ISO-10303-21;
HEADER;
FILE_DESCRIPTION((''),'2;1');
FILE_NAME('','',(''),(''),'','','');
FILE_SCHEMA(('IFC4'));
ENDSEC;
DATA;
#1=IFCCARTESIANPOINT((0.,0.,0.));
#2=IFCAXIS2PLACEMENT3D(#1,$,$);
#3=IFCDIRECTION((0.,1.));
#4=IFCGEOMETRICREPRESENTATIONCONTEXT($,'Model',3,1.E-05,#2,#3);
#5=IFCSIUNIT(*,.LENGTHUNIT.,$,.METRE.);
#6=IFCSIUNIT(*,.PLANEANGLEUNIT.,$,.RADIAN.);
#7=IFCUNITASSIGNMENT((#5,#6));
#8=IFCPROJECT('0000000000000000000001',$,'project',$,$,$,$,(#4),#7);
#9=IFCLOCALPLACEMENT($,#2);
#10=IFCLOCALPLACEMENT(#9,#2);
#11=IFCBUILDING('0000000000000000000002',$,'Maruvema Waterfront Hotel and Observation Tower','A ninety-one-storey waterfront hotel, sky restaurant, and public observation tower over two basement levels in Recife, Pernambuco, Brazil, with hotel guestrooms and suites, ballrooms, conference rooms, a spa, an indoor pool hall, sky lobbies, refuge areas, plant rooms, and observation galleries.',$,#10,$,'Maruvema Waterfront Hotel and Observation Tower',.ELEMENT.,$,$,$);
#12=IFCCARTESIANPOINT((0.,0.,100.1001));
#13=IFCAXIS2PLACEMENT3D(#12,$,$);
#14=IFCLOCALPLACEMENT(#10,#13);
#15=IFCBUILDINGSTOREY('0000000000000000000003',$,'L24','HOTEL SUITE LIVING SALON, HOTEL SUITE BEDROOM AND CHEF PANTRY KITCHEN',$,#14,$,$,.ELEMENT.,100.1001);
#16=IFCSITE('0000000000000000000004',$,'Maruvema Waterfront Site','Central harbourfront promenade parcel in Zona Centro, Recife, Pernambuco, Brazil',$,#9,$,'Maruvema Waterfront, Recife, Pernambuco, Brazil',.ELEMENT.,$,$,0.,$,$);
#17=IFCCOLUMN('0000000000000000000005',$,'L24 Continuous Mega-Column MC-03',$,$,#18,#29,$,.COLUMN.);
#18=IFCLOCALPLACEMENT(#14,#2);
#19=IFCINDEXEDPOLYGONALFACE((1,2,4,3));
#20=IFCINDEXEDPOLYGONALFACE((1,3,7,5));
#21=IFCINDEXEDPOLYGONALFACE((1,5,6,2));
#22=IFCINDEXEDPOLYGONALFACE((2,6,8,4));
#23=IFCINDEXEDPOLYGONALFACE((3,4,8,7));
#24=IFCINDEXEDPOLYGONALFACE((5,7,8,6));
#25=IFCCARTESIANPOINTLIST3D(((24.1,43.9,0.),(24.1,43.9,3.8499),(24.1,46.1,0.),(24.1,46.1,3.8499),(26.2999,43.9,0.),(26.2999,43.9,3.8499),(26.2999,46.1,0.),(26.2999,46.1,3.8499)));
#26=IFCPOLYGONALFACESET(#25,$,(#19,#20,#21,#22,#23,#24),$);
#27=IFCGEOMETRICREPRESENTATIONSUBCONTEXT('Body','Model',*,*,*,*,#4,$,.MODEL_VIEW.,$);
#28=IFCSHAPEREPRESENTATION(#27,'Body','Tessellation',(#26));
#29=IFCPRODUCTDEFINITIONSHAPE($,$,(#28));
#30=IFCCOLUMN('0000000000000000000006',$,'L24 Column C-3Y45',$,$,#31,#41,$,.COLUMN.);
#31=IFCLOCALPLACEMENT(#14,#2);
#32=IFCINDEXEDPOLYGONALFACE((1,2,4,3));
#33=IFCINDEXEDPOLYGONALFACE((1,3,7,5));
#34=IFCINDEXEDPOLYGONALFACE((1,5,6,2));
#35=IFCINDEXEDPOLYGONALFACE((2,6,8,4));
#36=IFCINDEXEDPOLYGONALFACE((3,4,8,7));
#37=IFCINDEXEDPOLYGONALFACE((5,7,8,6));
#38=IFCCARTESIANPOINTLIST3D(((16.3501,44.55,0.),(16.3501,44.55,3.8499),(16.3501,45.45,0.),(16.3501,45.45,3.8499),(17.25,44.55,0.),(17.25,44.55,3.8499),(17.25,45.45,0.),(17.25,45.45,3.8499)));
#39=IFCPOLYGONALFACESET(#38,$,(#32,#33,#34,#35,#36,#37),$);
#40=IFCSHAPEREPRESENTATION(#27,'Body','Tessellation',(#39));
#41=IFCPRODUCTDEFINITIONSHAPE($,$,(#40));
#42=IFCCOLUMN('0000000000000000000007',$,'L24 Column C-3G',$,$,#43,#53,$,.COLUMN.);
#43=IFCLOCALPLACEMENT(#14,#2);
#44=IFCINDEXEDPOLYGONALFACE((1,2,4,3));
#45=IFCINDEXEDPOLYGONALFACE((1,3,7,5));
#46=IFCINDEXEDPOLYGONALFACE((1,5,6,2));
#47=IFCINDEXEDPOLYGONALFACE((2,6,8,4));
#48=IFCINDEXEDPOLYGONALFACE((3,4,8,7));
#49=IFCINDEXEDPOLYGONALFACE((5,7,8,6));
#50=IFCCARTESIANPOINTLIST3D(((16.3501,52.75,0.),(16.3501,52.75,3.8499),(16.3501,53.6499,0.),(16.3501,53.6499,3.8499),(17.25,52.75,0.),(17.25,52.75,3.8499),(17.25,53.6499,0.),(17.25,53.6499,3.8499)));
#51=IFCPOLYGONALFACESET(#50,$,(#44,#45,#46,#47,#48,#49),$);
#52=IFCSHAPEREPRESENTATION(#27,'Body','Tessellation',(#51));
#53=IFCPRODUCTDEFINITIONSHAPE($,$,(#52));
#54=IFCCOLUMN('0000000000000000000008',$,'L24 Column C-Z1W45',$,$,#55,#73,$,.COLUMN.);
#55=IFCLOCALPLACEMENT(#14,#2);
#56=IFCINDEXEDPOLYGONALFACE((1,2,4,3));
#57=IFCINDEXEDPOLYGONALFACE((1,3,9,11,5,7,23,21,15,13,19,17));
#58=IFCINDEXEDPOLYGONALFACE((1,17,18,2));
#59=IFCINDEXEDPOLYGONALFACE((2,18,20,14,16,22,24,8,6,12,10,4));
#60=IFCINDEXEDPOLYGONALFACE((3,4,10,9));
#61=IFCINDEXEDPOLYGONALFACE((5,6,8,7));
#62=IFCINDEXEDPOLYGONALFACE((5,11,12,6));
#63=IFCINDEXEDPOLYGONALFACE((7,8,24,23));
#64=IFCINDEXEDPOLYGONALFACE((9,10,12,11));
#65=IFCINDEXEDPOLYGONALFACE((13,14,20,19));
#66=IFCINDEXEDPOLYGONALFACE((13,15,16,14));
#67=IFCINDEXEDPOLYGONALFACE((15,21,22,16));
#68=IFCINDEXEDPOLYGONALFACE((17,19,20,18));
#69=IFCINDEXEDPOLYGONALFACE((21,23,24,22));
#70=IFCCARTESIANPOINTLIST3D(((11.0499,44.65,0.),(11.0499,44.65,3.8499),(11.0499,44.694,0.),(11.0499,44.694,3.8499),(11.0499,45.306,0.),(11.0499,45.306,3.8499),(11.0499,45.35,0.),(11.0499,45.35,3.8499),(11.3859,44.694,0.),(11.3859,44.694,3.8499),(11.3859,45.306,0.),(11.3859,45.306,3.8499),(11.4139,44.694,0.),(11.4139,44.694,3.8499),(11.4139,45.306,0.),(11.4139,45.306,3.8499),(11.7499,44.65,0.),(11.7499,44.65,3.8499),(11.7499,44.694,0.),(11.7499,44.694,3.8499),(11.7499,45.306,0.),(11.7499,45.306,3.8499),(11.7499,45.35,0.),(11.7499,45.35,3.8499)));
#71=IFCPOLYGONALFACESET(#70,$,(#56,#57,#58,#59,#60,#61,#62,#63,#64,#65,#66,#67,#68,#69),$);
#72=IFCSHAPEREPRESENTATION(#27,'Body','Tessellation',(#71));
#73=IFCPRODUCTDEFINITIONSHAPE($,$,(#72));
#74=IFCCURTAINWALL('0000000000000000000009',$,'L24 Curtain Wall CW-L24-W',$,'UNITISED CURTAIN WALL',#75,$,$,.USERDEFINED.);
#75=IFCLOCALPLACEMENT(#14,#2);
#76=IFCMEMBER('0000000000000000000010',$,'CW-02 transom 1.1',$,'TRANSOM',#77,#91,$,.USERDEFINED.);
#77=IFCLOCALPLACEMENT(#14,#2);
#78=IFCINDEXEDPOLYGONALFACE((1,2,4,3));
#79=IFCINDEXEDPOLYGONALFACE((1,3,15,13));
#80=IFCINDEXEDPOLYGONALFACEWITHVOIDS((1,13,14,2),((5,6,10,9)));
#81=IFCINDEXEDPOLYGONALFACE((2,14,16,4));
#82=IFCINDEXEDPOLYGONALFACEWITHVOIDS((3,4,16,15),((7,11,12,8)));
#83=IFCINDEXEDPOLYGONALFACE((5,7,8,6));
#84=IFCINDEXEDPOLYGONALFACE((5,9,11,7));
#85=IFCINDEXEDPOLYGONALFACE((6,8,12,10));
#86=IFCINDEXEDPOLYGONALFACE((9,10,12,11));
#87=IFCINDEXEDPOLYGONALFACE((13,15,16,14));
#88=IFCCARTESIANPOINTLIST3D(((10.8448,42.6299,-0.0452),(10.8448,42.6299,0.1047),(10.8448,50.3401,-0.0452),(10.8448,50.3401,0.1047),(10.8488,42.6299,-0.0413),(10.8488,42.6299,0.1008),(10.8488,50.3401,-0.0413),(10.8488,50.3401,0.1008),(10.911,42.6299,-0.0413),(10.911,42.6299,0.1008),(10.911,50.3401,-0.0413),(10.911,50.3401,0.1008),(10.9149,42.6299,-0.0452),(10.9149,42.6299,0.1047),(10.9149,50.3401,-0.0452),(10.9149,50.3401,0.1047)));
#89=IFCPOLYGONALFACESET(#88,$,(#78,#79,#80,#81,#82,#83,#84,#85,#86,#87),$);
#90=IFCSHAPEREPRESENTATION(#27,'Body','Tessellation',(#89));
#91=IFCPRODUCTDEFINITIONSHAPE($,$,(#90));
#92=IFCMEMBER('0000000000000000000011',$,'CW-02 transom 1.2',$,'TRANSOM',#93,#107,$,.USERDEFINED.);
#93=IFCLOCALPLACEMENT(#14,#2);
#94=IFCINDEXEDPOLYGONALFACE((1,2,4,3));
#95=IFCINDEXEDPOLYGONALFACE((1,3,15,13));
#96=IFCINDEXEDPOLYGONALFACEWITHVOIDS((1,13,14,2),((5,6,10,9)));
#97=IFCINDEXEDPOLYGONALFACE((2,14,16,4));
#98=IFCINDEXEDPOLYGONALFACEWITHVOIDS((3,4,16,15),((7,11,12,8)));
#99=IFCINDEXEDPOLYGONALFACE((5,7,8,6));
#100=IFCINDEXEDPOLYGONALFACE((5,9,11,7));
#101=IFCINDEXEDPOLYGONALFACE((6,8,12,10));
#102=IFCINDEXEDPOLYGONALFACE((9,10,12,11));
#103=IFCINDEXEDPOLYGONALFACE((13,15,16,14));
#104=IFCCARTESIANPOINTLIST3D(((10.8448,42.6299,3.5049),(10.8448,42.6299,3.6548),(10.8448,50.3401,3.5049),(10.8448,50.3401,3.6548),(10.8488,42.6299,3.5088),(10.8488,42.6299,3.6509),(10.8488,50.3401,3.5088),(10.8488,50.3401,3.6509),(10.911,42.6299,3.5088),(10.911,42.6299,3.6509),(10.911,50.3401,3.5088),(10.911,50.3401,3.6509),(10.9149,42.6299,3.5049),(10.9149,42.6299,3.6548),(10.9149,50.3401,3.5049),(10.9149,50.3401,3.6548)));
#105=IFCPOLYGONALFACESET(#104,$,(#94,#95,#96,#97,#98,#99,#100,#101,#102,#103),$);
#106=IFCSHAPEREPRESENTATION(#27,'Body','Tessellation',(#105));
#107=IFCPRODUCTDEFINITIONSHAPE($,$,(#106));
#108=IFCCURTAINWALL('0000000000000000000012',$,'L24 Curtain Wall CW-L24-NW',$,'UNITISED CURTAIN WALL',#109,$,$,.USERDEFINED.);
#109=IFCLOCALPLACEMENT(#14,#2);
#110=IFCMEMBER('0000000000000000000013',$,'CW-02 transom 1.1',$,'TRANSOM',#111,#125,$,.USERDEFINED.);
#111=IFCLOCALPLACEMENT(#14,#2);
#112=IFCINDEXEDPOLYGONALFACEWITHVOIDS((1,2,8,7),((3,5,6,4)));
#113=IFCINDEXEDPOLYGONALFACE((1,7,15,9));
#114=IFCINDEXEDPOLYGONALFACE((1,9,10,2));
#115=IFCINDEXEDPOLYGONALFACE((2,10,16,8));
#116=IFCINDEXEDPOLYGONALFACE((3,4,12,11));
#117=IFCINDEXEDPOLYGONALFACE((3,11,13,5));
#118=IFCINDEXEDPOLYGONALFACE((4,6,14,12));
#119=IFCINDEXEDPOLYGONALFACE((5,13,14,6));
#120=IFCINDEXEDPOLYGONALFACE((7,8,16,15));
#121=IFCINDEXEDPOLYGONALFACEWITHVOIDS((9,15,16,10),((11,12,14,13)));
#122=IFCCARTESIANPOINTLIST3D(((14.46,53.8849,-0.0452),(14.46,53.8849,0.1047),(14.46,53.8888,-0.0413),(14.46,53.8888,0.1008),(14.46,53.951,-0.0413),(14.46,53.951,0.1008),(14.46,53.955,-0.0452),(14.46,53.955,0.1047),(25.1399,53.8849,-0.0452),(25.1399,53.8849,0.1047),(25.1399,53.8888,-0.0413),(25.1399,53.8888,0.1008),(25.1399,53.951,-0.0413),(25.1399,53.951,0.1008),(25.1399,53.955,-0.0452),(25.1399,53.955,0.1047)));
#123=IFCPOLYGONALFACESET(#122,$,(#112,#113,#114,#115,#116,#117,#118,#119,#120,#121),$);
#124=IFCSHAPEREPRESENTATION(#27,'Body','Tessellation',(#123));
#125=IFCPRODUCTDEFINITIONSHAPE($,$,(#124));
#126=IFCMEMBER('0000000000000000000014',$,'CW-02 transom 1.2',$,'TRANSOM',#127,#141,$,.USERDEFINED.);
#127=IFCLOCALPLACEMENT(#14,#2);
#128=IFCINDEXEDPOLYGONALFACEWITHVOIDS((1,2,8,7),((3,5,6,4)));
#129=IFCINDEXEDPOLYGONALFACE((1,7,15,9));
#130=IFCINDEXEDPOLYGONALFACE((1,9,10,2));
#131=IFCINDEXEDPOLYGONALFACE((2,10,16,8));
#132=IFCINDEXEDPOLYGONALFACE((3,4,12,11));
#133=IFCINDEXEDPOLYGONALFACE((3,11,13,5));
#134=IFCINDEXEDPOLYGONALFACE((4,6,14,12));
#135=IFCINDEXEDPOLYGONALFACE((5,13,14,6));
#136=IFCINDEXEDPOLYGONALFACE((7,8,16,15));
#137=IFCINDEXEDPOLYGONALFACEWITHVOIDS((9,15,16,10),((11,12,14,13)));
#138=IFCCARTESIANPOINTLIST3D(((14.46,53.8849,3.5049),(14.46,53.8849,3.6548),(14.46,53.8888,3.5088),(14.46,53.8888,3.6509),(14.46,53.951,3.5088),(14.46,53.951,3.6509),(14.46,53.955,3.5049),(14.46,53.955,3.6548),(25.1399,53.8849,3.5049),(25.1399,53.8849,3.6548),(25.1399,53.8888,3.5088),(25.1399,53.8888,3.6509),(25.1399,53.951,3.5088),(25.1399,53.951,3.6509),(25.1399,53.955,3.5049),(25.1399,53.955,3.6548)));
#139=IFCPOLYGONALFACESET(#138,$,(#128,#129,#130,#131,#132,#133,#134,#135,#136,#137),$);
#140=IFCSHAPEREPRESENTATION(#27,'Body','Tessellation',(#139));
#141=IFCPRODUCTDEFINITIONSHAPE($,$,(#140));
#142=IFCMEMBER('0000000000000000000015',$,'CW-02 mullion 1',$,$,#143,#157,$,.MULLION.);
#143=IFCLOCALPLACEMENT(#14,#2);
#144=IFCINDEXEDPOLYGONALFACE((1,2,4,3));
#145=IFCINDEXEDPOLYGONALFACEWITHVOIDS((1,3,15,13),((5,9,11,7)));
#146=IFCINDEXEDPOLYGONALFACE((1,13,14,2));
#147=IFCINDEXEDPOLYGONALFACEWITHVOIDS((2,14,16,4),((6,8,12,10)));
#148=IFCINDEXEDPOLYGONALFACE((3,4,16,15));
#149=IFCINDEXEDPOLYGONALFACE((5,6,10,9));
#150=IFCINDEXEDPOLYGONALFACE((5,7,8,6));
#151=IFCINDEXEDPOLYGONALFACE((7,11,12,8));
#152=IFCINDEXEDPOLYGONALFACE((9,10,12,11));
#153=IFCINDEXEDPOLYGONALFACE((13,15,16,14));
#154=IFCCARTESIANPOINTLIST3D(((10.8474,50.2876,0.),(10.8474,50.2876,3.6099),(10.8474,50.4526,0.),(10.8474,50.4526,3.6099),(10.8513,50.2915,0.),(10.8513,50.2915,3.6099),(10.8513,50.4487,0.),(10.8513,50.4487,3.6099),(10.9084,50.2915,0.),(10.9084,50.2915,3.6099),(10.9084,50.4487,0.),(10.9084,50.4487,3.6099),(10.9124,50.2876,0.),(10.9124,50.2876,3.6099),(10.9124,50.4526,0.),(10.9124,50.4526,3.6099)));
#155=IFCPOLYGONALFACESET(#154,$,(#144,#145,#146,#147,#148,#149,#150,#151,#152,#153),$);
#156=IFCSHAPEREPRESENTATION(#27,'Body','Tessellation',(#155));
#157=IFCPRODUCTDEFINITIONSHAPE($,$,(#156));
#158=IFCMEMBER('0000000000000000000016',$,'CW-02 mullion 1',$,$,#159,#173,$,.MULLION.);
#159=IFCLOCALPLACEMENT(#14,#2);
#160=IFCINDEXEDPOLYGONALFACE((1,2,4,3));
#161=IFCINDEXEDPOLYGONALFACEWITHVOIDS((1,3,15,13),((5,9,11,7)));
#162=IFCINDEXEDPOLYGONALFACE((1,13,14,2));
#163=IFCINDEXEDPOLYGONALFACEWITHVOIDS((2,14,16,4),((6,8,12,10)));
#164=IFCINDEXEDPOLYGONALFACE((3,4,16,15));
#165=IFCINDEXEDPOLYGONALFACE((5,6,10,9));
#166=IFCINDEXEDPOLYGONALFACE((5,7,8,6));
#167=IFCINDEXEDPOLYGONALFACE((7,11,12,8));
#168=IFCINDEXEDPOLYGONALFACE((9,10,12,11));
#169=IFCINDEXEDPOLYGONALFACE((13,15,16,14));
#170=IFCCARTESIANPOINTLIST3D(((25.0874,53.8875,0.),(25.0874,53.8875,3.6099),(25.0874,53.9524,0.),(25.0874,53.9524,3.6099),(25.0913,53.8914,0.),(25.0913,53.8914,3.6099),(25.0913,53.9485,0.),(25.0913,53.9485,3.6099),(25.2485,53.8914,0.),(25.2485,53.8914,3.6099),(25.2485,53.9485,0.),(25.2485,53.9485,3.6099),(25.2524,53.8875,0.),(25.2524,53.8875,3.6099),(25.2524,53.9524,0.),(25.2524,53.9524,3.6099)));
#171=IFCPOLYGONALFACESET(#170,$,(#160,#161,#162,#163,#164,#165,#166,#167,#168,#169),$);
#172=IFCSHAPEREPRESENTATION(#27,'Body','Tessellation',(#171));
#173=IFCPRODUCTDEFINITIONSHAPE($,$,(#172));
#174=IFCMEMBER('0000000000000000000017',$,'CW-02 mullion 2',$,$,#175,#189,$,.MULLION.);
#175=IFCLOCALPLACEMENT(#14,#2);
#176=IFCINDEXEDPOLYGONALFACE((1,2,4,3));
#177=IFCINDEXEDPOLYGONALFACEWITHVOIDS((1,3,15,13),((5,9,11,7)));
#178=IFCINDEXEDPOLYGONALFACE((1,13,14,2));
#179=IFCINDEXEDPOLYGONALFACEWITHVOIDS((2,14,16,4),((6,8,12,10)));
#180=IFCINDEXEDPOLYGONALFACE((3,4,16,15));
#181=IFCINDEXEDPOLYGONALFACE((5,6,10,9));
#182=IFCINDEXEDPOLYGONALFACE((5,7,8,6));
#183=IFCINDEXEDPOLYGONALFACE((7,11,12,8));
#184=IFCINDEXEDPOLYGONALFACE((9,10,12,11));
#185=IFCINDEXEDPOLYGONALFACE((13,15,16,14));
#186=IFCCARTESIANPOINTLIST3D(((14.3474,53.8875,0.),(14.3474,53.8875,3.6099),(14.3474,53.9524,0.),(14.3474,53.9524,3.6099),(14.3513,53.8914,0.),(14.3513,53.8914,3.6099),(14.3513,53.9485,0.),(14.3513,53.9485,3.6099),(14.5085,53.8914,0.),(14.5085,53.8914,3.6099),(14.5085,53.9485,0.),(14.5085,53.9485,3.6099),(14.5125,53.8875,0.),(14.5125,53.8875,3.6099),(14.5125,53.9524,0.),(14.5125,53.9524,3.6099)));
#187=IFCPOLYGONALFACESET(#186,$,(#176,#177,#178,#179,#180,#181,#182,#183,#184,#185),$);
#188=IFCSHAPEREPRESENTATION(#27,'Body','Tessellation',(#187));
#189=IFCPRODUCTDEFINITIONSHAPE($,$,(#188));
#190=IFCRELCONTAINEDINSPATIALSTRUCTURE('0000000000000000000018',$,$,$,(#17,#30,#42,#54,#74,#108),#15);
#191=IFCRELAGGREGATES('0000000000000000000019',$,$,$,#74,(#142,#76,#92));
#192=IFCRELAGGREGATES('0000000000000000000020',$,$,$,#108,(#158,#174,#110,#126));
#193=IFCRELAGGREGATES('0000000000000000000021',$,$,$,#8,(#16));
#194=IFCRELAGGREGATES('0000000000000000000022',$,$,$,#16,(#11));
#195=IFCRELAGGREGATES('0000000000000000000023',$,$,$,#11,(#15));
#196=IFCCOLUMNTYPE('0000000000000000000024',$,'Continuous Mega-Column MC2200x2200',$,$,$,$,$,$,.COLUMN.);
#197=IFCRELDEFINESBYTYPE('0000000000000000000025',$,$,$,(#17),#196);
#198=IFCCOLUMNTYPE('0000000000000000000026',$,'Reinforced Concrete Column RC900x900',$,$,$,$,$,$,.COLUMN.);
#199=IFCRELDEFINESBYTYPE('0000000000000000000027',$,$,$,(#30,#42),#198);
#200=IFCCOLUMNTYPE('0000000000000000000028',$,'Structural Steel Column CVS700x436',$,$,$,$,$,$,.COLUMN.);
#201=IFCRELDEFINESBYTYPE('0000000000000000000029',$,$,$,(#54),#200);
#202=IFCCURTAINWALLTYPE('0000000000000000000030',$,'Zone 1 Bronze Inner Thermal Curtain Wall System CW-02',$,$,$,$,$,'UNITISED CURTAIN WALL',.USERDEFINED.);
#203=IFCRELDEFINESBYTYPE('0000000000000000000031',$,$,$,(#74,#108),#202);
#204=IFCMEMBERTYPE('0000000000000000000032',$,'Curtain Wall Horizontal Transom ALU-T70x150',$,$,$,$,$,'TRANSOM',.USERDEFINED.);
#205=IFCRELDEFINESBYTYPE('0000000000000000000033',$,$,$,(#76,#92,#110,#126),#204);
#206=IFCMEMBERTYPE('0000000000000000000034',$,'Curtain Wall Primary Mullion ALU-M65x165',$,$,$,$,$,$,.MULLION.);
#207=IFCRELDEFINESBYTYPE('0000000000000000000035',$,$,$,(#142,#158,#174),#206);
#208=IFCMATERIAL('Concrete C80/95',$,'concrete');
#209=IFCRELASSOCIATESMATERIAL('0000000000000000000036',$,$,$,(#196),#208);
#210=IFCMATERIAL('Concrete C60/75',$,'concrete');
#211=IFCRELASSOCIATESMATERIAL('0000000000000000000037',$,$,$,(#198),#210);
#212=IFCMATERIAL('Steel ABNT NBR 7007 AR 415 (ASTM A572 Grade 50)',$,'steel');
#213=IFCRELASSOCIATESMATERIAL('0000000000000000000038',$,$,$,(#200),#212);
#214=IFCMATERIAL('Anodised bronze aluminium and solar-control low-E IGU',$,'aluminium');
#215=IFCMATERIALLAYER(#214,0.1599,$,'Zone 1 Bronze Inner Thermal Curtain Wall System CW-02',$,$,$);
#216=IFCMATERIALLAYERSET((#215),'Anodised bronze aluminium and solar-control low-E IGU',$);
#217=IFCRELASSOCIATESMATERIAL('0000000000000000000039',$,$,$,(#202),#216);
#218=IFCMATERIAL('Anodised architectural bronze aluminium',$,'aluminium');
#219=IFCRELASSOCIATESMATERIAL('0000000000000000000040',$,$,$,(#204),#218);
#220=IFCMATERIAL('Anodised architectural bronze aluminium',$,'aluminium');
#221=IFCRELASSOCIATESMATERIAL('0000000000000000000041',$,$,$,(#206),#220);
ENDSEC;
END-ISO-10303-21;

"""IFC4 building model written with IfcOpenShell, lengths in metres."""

from ifc_helpers import new_model, si_unit, direction, frame, origin, origin_2d, place, context, subcontext, project, spatial, rectangle, hollow_rectangle, i_section, extrude, material, layer, layer_set, material_profile, profile_set, type_object, element, aggregate, save


model = new_model("IFC4")

# Units and contexts
model_context = context("Model", 3, precision=1e-05, world=origin(), true_north=direction((0.0, 1.0)))
body_context = subcontext(model_context, "Body", "Model", "MODEL_VIEW")
ifc_project = project(units=[si_unit("LENGTHUNIT", "METRE"), si_unit("PLANEANGLEUNIT", "RADIAN")], contexts=[model_context])

# Site, building, storey
site_placement = place(None, origin())
site = spatial("IfcSite", under=ifc_project, at=site_placement, Name="Maruvema Waterfront Site", Description="Central harbourfront promenade parcel in Zona Centro, Recife, Pernambuco, Brazil", LongName="Maruvema Waterfront, Recife, Pernambuco, Brazil", CompositionType="ELEMENT", RefElevation=0.0)
building_placement = place(site_placement, origin())
building = spatial("IfcBuilding", under=site, at=building_placement, Name="Maruvema Waterfront Hotel and Observation Tower", Description="A ninety-one-storey waterfront hotel, sky restaurant, and public observation tower over two basement levels in Recife, Pernambuco, Brazil, with hotel guestrooms and suites, ballrooms, conference rooms, a spa, an indoor pool hall, sky lobbies, refuge areas, plant rooms, and observation galleries.", LongName="Maruvema Waterfront Hotel and Observation Tower", CompositionType="ELEMENT")
storey_placement = place(building_placement, frame((0.0, 0.0, 100.1001)))
storey = spatial("IfcBuildingStorey", under=building, at=storey_placement, Name="L24", Description="HOTEL SUITE LIVING SALON, HOTEL SUITE BEDROOM AND CHEF PANTRY KITCHEN", CompositionType="ELEMENT", Elevation=100.1001)

# Columns
ifc_material_1 = material(Name="Concrete C80/95", Category="concrete")
ifc_material_profile_1 = material_profile(ifc_material_1, rectangle(XDim=2.2, YDim=2.2, at=origin_2d()), Name="MC2200x2200")
ifc_profile_set_1 = profile_set([ifc_material_profile_1], Name="Concrete C80/95")
column_type_1 = type_object("IfcColumnType", Name="Continuous Mega-Column MC2200x2200", PredefinedType="COLUMN", material=ifc_profile_set_1)
column_1_placement = place(storey_placement, frame((25.2, 45.0, 0.0), z_axis=(0.0, 0.0, 1.0), x_axis=(1.0, 0.0, 0.0)))
element("IfcColumn", 1, at=column_1_placement, inside=storey, type_object=column_type_1, Name="L24 Continuous Mega-Column MC-03", PredefinedType="COLUMN", context=body_context, shape_type="SweptSolid", body=[
    extrude(rectangle(XDim=2.2, YDim=2.2, at=origin_2d()), origin(), (0.0, 0.0, 1.0), 3.8499),
])
ifc_material_2 = material(Name="Concrete C60/75", Category="concrete")
ifc_material_profile_2 = material_profile(ifc_material_2, rectangle(XDim=0.8999, YDim=0.8999, at=origin_2d()), Name="RC900x900")
ifc_profile_set_2 = profile_set([ifc_material_profile_2], Name="Concrete C60/75")
column_type_2 = type_object("IfcColumnType", Name="Reinforced Concrete Column RC900x900", PredefinedType="COLUMN", material=ifc_profile_set_2)
for number, where, z_axis, x_axis, name in (
    (2, (16.8, 45.0, 0.0), (0.0, 0.0, 1.0), (1.0, 0.0, 0.0), "L24 Column C-3Y45"),
    (3, (16.8, 53.2, 0.0), (0.0, 0.0, 1.0), (1.0, 0.0, 0.0), "L24 Column C-3G"),
):
    element("IfcColumn", number, at=place(storey_placement, frame(where, z_axis=z_axis, x_axis=x_axis)), inside=storey, type_object=column_type_2, Name=name, PredefinedType="COLUMN", context=body_context, shape_type="SweptSolid", body=[
        extrude(rectangle(XDim=0.8999, YDim=0.8999, at=origin_2d()), origin(), (0.0, 0.0, 1.0), 3.8499),
    ])
ifc_material_3 = material(Name="Steel ABNT NBR 7007 AR 415 (ASTM A572 Grade 50)", Category="steel")
ifc_material_profile_3 = material_profile(ifc_material_3, i_section(OverallWidth=0.7, OverallDepth=0.7, WebThickness=0.0281, FlangeThickness=0.0439, at=origin_2d()), Name="CVS700x436")
ifc_profile_set_3 = profile_set([ifc_material_profile_3], Name="Steel ABNT NBR 7007 AR 415 (ASTM A572 Grade 50)")
column_type_3 = type_object("IfcColumnType", Name="Structural Steel Column CVS700x436", PredefinedType="COLUMN", material=ifc_profile_set_3)
column_2_placement = place(storey_placement, frame((11.3999, 45.0, 0.0), z_axis=(0.0, 0.0, 1.0), x_axis=(1.0, 0.0, 0.0)))
element("IfcColumn", 4, at=column_2_placement, inside=storey, type_object=column_type_3, Name="L24 Column C-Z1W45", PredefinedType="COLUMN", context=body_context, shape_type="SweptSolid", body=[
    extrude(i_section(OverallWidth=0.7, OverallDepth=0.7, WebThickness=0.0281, FlangeThickness=0.0439, at=origin_2d()), origin(), (0.0, 0.0, 1.0), 3.8499),
])

# Curtain walls, members
ifc_material_4 = material(Name="Anodised bronze aluminium and solar-control low-E IGU", Category="aluminium")
ifc_layer_1 = layer(ifc_material_4, 0.1599, Name="Zone 1 Bronze Inner Thermal Curtain Wall System CW-02")
ifc_layer_set_1 = layer_set([ifc_layer_1], Name="Anodised bronze aluminium and solar-control low-E IGU")
curtain_wall_type = type_object("IfcCurtainWallType", Name="Zone 1 Bronze Inner Thermal Curtain Wall System CW-02", ElementType="UNITISED CURTAIN WALL", PredefinedType="USERDEFINED", material=ifc_layer_set_1)
curtain_wall_1_placement = place(storey_placement, origin())
curtain_wall_1 = element("IfcCurtainWall", 5, at=curtain_wall_1_placement, inside=storey, type_object=curtain_wall_type, Name="L24 Curtain Wall CW-L24-W", ObjectType="UNITISED CURTAIN WALL", PredefinedType="USERDEFINED")
ifc_material_5 = material(Name="Anodised architectural bronze aluminium", Category="aluminium")
ifc_material_profile_4 = material_profile(ifc_material_5, hollow_rectangle(XDim=0.0701, YDim=0.1499, WallThickness=0.0039, at=origin_2d()), Name="ALU-T70x150")
ifc_profile_set_4 = profile_set([ifc_material_profile_4], Name="Anodised architectural bronze aluminium")
member_type_1 = type_object("IfcMemberType", Name="Curtain Wall Horizontal Transom ALU-T70x150", ElementType="TRANSOM", PredefinedType="USERDEFINED", material=ifc_profile_set_4)
member_1_placement = place(storey_placement, frame((10.8799, 50.3401, 0.0298), z_axis=(0.0, -1.0, 0.0), x_axis=(1.0, 0.0, 0.0)))
member_1 = element("IfcMember", 6, at=member_1_placement, type_object=member_type_1, Name="CW-02 transom 1.1", ObjectType="TRANSOM", PredefinedType="USERDEFINED", context=body_context, shape_type="SweptSolid", body=[
    extrude(hollow_rectangle(XDim=0.0701, YDim=0.1499, WallThickness=0.0039, at=origin_2d()), origin(), (0.0, 0.0, 1.0), 7.7102),
])
member_2_placement = place(storey_placement, frame((10.8799, 50.3401, 3.5798), z_axis=(0.0, -1.0, 0.0), x_axis=(1.0, 0.0, 0.0)))
member_2 = element("IfcMember", 7, at=member_2_placement, type_object=member_type_1, Name="CW-02 transom 1.2", ObjectType="TRANSOM", PredefinedType="USERDEFINED", context=body_context, shape_type="SweptSolid", body=[
    extrude(hollow_rectangle(XDim=0.0701, YDim=0.1499, WallThickness=0.0039, at=origin_2d()), origin(), (0.0, 0.0, 1.0), 7.7102),
])
curtain_wall_2_placement = place(storey_placement, origin())
curtain_wall_2 = element("IfcCurtainWall", 8, at=curtain_wall_2_placement, inside=storey, type_object=curtain_wall_type, Name="L24 Curtain Wall CW-L24-NW", ObjectType="UNITISED CURTAIN WALL", PredefinedType="USERDEFINED")
member_3_placement = place(storey_placement, frame((25.1399, 53.9199, 0.0298), z_axis=(-1.0, 0.0, 0.0), x_axis=(0.0, -1.0, 0.0)))
member_3 = element("IfcMember", 9, at=member_3_placement, type_object=member_type_1, Name="CW-02 transom 1.1", ObjectType="TRANSOM", PredefinedType="USERDEFINED", context=body_context, shape_type="SweptSolid", body=[
    extrude(hollow_rectangle(XDim=0.0701, YDim=0.1499, WallThickness=0.0039, at=origin_2d()), origin(), (0.0, 0.0, 1.0), 10.6799),
])
member_4_placement = place(storey_placement, frame((25.1399, 53.9199, 3.5798), z_axis=(-1.0, 0.0, 0.0), x_axis=(0.0, -1.0, 0.0)))
member_4 = element("IfcMember", 10, at=member_4_placement, type_object=member_type_1, Name="CW-02 transom 1.2", ObjectType="TRANSOM", PredefinedType="USERDEFINED", context=body_context, shape_type="SweptSolid", body=[
    extrude(hollow_rectangle(XDim=0.0701, YDim=0.1499, WallThickness=0.0039, at=origin_2d()), origin(), (0.0, 0.0, 1.0), 10.6799),
])

# Members
ifc_material_6 = material(Name="Anodised architectural bronze aluminium", Category="aluminium")
ifc_material_profile_5 = material_profile(ifc_material_6, hollow_rectangle(XDim=0.0649, YDim=0.165, WallThickness=0.0039, at=origin_2d()), Name="ALU-M65x165")
ifc_profile_set_5 = profile_set([ifc_material_profile_5], Name="Anodised architectural bronze aluminium")
member_type_2 = type_object("IfcMemberType", Name="Curtain Wall Primary Mullion ALU-M65x165", PredefinedType="MULLION", material=ifc_profile_set_5)
member_5_placement = place(storey_placement, frame((10.8799, 50.3701, 0.0), z_axis=(0.0, 0.0, 1.0), x_axis=(1.0, 0.0, 0.0)))
member_5 = element("IfcMember", 11, at=member_5_placement, type_object=member_type_2, Name="CW-02 mullion 1", PredefinedType="MULLION", context=body_context, shape_type="SweptSolid", body=[
    extrude(hollow_rectangle(XDim=0.0649, YDim=0.165, WallThickness=0.0039, at=origin_2d()), origin(), (0.0, 0.0, 1.0), 3.6099),
])
member_6_placement = place(storey_placement, frame((25.1699, 53.9199, 0.0), z_axis=(0.0, 0.0, 1.0), x_axis=(0.0, -1.0, 0.0)))
member_6 = element("IfcMember", 12, at=member_6_placement, type_object=member_type_2, Name="CW-02 mullion 1", PredefinedType="MULLION", context=body_context, shape_type="SweptSolid", body=[
    extrude(hollow_rectangle(XDim=0.0649, YDim=0.165, WallThickness=0.0039, at=origin_2d()), origin(), (0.0, 0.0, 1.0), 3.6099),
])
member_7_placement = place(storey_placement, frame((14.4299, 53.9199, 0.0), z_axis=(0.0, 0.0, 1.0), x_axis=(0.0, -1.0, 0.0)))
member_7 = element("IfcMember", 13, at=member_7_placement, type_object=member_type_2, Name="CW-02 mullion 2", PredefinedType="MULLION", context=body_context, shape_type="SweptSolid", body=[
    extrude(hollow_rectangle(XDim=0.0649, YDim=0.165, WallThickness=0.0039, at=origin_2d()), origin(), (0.0, 0.0, 1.0), 3.6099),
])

aggregate(curtain_wall_1, [member_5, member_1, member_2])
aggregate(curtain_wall_2, [member_6, member_7, member_3, member_4])

save(model, "model.ifc")
